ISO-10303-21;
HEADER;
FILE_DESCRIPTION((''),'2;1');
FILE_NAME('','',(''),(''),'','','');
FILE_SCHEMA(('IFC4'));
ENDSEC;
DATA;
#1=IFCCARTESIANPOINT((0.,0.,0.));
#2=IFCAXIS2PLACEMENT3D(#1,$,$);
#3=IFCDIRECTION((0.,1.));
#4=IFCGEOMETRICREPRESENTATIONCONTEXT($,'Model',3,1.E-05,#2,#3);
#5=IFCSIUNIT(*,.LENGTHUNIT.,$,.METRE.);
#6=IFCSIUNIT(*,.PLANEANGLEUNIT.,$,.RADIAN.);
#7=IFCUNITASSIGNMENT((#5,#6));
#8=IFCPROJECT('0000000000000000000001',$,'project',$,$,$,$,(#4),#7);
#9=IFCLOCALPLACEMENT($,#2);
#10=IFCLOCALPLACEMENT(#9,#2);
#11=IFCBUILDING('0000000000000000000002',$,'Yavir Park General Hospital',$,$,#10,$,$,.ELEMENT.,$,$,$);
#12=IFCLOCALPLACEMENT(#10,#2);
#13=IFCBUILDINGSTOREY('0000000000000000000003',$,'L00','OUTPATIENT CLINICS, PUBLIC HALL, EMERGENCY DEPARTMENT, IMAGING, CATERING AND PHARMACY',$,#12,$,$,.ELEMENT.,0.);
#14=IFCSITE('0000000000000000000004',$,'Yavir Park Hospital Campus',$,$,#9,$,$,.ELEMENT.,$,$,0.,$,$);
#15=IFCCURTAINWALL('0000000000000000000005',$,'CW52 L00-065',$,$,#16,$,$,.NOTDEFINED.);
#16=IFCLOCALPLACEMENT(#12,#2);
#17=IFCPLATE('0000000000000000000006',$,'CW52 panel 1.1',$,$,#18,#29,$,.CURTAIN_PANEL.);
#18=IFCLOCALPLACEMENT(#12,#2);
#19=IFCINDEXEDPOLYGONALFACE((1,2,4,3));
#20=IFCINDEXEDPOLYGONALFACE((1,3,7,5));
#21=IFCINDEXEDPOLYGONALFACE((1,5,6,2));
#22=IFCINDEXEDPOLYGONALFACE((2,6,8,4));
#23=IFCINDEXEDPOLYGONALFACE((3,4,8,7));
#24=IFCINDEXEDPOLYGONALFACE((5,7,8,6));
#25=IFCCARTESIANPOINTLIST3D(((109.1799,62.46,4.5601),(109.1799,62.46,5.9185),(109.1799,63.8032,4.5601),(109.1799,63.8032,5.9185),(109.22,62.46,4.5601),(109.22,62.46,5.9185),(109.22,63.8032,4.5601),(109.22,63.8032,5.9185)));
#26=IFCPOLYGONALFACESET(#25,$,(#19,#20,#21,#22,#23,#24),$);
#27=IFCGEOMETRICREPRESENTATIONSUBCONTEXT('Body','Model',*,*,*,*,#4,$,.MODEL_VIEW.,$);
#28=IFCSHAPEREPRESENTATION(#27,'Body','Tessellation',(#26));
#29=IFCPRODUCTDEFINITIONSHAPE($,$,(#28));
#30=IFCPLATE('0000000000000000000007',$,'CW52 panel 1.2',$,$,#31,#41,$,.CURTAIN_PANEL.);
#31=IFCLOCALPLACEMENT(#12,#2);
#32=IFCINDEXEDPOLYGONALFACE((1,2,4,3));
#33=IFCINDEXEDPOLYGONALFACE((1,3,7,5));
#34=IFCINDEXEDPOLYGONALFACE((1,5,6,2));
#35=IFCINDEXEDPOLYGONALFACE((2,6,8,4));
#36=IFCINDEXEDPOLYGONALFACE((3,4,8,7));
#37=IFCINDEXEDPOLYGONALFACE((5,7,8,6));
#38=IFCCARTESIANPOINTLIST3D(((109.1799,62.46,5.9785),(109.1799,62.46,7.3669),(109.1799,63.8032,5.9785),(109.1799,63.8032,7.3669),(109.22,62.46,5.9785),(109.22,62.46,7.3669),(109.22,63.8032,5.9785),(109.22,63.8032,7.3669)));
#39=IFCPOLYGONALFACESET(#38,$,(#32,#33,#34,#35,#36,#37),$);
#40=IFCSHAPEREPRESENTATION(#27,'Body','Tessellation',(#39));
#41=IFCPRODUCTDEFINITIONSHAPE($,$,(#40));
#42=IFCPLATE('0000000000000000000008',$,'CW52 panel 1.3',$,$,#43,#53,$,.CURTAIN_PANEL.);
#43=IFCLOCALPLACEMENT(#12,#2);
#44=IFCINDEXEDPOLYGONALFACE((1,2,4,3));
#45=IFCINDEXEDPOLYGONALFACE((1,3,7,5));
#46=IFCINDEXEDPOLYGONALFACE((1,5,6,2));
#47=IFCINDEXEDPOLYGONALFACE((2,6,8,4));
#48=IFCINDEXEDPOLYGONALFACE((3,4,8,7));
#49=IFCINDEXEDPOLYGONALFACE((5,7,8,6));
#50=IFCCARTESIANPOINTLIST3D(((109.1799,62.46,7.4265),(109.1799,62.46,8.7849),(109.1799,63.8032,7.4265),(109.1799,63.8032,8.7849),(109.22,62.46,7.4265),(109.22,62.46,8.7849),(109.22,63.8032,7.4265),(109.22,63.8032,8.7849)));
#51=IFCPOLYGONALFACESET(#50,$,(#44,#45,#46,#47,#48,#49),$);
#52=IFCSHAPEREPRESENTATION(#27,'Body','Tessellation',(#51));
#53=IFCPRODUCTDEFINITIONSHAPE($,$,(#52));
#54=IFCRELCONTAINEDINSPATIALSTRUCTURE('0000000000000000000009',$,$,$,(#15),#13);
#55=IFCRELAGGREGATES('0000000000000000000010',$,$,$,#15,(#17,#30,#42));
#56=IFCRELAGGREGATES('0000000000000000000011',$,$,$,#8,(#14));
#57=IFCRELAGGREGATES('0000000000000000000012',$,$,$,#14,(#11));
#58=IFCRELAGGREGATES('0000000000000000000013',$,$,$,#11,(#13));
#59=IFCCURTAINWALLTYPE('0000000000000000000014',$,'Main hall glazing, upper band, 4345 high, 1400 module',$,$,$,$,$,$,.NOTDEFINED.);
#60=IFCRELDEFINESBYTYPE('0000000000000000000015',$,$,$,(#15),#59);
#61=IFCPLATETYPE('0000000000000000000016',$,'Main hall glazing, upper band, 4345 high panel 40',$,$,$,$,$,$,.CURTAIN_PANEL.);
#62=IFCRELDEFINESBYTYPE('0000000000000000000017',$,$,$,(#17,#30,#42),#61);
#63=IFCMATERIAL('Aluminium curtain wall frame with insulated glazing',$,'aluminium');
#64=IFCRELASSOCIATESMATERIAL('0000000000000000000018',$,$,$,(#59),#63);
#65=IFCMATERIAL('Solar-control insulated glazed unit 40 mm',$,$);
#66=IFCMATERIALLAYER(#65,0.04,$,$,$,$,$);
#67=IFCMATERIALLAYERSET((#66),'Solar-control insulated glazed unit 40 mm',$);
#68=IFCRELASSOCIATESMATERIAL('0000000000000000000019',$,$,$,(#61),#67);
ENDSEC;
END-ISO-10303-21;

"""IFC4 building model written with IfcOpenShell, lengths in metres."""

from ifc_helpers import new_model, si_unit, direction, frame, origin, origin_2d, place, context, subcontext, project, spatial, rectangle, extrude, material, layer, layer_set, type_object, element, aggregate, save


model = new_model("IFC4")

# Units and contexts
model_context = context("Model", 3, precision=1e-05, world=origin(), true_north=direction((0.0, 1.0)))
body_context = subcontext(model_context, "Body", "Model", "MODEL_VIEW")
ifc_project = project(units=[si_unit("LENGTHUNIT", "METRE"), si_unit("PLANEANGLEUNIT", "RADIAN")], contexts=[model_context])

# Site, building, storey
site_placement = place(None, origin())
site = spatial("IfcSite", under=ifc_project, at=site_placement, Name="Yavir Park Hospital Campus", CompositionType="ELEMENT", RefElevation=0.0)
building_placement = place(site_placement, origin())
building = spatial("IfcBuilding", under=site, at=building_placement, Name="Yavir Park General Hospital", CompositionType="ELEMENT")
storey_placement = place(building_placement, origin())
storey = spatial("IfcBuildingStorey", under=building, at=storey_placement, Name="L00", Description="OUTPATIENT CLINICS, PUBLIC HALL, EMERGENCY DEPARTMENT, IMAGING, CATERING AND PHARMACY", CompositionType="ELEMENT", Elevation=0.0)

# Curtain wall
ifc_material_1 = material(Name="Aluminium curtain wall frame with insulated glazing", Category="aluminium")
curtain_wall_type_1 = type_object("IfcCurtainWallType", Name="Main hall glazing, upper band, 4345 high, 1400 module", PredefinedType="NOTDEFINED", material=ifc_material_1)
curtain_wall_1_placement = place(storey_placement, origin())
curtain_wall_1 = element("IfcCurtainWall", 1, at=curtain_wall_1_placement, inside=storey, type_object=curtain_wall_type_1, Name="CW52 L00-065", PredefinedType="NOTDEFINED")

# Plates
ifc_material_2 = material(Name="Solar-control insulated glazed unit 40 mm")
ifc_layer_1 = layer(ifc_material_2, 0.04)
ifc_layer_set_1 = layer_set([ifc_layer_1], Name="Solar-control insulated glazed unit 40 mm")
plate_type_1 = type_object("IfcPlateType", Name="Main hall glazing, upper band, 4345 high panel 40", PredefinedType="CURTAIN_PANEL", material=ifc_layer_set_1)
plate_1_placement = place(storey_placement, frame((109.2, 63.1316, 4.5601), z_axis=(0.0, 0.0, 1.0), x_axis=(0.0, 1.0, 0.0)))
plate_1 = element("IfcPlate", 2, at=plate_1_placement, type_object=plate_type_1, Name="CW52 panel 1.1", PredefinedType="CURTAIN_PANEL", context=body_context, shape_type="SweptSolid", body=[
    extrude(rectangle(XDim=1.3433, YDim=0.04, at=origin_2d()), origin(), (0.0, 0.0, 1.0), 1.3584),
])
plate_2_placement = place(storey_placement, frame((109.2, 63.1316, 5.9785), z_axis=(0.0, 0.0, 1.0), x_axis=(0.0, 1.0, 0.0)))
plate_2 = element("IfcPlate", 3, at=plate_2_placement, type_object=plate_type_1, Name="CW52 panel 1.2", PredefinedType="CURTAIN_PANEL", context=body_context, shape_type="SweptSolid", body=[
    extrude(rectangle(XDim=1.3433, YDim=0.04, at=origin_2d()), origin(), (0.0, 0.0, 1.0), 1.3884),
])
plate_3_placement = place(storey_placement, frame((109.2, 63.1316, 7.4265), z_axis=(0.0, 0.0, 1.0), x_axis=(0.0, 1.0, 0.0)))
plate_3 = element("IfcPlate", 4, at=plate_3_placement, type_object=plate_type_1, Name="CW52 panel 1.3", PredefinedType="CURTAIN_PANEL", context=body_context, shape_type="SweptSolid", body=[
    extrude(rectangle(XDim=1.3433, YDim=0.04, at=origin_2d()), origin(), (0.0, 0.0, 1.0), 1.3584),
])
aggregate(curtain_wall_1, [plate_1, plate_2, plate_3])

save(model, "model.ifc")
